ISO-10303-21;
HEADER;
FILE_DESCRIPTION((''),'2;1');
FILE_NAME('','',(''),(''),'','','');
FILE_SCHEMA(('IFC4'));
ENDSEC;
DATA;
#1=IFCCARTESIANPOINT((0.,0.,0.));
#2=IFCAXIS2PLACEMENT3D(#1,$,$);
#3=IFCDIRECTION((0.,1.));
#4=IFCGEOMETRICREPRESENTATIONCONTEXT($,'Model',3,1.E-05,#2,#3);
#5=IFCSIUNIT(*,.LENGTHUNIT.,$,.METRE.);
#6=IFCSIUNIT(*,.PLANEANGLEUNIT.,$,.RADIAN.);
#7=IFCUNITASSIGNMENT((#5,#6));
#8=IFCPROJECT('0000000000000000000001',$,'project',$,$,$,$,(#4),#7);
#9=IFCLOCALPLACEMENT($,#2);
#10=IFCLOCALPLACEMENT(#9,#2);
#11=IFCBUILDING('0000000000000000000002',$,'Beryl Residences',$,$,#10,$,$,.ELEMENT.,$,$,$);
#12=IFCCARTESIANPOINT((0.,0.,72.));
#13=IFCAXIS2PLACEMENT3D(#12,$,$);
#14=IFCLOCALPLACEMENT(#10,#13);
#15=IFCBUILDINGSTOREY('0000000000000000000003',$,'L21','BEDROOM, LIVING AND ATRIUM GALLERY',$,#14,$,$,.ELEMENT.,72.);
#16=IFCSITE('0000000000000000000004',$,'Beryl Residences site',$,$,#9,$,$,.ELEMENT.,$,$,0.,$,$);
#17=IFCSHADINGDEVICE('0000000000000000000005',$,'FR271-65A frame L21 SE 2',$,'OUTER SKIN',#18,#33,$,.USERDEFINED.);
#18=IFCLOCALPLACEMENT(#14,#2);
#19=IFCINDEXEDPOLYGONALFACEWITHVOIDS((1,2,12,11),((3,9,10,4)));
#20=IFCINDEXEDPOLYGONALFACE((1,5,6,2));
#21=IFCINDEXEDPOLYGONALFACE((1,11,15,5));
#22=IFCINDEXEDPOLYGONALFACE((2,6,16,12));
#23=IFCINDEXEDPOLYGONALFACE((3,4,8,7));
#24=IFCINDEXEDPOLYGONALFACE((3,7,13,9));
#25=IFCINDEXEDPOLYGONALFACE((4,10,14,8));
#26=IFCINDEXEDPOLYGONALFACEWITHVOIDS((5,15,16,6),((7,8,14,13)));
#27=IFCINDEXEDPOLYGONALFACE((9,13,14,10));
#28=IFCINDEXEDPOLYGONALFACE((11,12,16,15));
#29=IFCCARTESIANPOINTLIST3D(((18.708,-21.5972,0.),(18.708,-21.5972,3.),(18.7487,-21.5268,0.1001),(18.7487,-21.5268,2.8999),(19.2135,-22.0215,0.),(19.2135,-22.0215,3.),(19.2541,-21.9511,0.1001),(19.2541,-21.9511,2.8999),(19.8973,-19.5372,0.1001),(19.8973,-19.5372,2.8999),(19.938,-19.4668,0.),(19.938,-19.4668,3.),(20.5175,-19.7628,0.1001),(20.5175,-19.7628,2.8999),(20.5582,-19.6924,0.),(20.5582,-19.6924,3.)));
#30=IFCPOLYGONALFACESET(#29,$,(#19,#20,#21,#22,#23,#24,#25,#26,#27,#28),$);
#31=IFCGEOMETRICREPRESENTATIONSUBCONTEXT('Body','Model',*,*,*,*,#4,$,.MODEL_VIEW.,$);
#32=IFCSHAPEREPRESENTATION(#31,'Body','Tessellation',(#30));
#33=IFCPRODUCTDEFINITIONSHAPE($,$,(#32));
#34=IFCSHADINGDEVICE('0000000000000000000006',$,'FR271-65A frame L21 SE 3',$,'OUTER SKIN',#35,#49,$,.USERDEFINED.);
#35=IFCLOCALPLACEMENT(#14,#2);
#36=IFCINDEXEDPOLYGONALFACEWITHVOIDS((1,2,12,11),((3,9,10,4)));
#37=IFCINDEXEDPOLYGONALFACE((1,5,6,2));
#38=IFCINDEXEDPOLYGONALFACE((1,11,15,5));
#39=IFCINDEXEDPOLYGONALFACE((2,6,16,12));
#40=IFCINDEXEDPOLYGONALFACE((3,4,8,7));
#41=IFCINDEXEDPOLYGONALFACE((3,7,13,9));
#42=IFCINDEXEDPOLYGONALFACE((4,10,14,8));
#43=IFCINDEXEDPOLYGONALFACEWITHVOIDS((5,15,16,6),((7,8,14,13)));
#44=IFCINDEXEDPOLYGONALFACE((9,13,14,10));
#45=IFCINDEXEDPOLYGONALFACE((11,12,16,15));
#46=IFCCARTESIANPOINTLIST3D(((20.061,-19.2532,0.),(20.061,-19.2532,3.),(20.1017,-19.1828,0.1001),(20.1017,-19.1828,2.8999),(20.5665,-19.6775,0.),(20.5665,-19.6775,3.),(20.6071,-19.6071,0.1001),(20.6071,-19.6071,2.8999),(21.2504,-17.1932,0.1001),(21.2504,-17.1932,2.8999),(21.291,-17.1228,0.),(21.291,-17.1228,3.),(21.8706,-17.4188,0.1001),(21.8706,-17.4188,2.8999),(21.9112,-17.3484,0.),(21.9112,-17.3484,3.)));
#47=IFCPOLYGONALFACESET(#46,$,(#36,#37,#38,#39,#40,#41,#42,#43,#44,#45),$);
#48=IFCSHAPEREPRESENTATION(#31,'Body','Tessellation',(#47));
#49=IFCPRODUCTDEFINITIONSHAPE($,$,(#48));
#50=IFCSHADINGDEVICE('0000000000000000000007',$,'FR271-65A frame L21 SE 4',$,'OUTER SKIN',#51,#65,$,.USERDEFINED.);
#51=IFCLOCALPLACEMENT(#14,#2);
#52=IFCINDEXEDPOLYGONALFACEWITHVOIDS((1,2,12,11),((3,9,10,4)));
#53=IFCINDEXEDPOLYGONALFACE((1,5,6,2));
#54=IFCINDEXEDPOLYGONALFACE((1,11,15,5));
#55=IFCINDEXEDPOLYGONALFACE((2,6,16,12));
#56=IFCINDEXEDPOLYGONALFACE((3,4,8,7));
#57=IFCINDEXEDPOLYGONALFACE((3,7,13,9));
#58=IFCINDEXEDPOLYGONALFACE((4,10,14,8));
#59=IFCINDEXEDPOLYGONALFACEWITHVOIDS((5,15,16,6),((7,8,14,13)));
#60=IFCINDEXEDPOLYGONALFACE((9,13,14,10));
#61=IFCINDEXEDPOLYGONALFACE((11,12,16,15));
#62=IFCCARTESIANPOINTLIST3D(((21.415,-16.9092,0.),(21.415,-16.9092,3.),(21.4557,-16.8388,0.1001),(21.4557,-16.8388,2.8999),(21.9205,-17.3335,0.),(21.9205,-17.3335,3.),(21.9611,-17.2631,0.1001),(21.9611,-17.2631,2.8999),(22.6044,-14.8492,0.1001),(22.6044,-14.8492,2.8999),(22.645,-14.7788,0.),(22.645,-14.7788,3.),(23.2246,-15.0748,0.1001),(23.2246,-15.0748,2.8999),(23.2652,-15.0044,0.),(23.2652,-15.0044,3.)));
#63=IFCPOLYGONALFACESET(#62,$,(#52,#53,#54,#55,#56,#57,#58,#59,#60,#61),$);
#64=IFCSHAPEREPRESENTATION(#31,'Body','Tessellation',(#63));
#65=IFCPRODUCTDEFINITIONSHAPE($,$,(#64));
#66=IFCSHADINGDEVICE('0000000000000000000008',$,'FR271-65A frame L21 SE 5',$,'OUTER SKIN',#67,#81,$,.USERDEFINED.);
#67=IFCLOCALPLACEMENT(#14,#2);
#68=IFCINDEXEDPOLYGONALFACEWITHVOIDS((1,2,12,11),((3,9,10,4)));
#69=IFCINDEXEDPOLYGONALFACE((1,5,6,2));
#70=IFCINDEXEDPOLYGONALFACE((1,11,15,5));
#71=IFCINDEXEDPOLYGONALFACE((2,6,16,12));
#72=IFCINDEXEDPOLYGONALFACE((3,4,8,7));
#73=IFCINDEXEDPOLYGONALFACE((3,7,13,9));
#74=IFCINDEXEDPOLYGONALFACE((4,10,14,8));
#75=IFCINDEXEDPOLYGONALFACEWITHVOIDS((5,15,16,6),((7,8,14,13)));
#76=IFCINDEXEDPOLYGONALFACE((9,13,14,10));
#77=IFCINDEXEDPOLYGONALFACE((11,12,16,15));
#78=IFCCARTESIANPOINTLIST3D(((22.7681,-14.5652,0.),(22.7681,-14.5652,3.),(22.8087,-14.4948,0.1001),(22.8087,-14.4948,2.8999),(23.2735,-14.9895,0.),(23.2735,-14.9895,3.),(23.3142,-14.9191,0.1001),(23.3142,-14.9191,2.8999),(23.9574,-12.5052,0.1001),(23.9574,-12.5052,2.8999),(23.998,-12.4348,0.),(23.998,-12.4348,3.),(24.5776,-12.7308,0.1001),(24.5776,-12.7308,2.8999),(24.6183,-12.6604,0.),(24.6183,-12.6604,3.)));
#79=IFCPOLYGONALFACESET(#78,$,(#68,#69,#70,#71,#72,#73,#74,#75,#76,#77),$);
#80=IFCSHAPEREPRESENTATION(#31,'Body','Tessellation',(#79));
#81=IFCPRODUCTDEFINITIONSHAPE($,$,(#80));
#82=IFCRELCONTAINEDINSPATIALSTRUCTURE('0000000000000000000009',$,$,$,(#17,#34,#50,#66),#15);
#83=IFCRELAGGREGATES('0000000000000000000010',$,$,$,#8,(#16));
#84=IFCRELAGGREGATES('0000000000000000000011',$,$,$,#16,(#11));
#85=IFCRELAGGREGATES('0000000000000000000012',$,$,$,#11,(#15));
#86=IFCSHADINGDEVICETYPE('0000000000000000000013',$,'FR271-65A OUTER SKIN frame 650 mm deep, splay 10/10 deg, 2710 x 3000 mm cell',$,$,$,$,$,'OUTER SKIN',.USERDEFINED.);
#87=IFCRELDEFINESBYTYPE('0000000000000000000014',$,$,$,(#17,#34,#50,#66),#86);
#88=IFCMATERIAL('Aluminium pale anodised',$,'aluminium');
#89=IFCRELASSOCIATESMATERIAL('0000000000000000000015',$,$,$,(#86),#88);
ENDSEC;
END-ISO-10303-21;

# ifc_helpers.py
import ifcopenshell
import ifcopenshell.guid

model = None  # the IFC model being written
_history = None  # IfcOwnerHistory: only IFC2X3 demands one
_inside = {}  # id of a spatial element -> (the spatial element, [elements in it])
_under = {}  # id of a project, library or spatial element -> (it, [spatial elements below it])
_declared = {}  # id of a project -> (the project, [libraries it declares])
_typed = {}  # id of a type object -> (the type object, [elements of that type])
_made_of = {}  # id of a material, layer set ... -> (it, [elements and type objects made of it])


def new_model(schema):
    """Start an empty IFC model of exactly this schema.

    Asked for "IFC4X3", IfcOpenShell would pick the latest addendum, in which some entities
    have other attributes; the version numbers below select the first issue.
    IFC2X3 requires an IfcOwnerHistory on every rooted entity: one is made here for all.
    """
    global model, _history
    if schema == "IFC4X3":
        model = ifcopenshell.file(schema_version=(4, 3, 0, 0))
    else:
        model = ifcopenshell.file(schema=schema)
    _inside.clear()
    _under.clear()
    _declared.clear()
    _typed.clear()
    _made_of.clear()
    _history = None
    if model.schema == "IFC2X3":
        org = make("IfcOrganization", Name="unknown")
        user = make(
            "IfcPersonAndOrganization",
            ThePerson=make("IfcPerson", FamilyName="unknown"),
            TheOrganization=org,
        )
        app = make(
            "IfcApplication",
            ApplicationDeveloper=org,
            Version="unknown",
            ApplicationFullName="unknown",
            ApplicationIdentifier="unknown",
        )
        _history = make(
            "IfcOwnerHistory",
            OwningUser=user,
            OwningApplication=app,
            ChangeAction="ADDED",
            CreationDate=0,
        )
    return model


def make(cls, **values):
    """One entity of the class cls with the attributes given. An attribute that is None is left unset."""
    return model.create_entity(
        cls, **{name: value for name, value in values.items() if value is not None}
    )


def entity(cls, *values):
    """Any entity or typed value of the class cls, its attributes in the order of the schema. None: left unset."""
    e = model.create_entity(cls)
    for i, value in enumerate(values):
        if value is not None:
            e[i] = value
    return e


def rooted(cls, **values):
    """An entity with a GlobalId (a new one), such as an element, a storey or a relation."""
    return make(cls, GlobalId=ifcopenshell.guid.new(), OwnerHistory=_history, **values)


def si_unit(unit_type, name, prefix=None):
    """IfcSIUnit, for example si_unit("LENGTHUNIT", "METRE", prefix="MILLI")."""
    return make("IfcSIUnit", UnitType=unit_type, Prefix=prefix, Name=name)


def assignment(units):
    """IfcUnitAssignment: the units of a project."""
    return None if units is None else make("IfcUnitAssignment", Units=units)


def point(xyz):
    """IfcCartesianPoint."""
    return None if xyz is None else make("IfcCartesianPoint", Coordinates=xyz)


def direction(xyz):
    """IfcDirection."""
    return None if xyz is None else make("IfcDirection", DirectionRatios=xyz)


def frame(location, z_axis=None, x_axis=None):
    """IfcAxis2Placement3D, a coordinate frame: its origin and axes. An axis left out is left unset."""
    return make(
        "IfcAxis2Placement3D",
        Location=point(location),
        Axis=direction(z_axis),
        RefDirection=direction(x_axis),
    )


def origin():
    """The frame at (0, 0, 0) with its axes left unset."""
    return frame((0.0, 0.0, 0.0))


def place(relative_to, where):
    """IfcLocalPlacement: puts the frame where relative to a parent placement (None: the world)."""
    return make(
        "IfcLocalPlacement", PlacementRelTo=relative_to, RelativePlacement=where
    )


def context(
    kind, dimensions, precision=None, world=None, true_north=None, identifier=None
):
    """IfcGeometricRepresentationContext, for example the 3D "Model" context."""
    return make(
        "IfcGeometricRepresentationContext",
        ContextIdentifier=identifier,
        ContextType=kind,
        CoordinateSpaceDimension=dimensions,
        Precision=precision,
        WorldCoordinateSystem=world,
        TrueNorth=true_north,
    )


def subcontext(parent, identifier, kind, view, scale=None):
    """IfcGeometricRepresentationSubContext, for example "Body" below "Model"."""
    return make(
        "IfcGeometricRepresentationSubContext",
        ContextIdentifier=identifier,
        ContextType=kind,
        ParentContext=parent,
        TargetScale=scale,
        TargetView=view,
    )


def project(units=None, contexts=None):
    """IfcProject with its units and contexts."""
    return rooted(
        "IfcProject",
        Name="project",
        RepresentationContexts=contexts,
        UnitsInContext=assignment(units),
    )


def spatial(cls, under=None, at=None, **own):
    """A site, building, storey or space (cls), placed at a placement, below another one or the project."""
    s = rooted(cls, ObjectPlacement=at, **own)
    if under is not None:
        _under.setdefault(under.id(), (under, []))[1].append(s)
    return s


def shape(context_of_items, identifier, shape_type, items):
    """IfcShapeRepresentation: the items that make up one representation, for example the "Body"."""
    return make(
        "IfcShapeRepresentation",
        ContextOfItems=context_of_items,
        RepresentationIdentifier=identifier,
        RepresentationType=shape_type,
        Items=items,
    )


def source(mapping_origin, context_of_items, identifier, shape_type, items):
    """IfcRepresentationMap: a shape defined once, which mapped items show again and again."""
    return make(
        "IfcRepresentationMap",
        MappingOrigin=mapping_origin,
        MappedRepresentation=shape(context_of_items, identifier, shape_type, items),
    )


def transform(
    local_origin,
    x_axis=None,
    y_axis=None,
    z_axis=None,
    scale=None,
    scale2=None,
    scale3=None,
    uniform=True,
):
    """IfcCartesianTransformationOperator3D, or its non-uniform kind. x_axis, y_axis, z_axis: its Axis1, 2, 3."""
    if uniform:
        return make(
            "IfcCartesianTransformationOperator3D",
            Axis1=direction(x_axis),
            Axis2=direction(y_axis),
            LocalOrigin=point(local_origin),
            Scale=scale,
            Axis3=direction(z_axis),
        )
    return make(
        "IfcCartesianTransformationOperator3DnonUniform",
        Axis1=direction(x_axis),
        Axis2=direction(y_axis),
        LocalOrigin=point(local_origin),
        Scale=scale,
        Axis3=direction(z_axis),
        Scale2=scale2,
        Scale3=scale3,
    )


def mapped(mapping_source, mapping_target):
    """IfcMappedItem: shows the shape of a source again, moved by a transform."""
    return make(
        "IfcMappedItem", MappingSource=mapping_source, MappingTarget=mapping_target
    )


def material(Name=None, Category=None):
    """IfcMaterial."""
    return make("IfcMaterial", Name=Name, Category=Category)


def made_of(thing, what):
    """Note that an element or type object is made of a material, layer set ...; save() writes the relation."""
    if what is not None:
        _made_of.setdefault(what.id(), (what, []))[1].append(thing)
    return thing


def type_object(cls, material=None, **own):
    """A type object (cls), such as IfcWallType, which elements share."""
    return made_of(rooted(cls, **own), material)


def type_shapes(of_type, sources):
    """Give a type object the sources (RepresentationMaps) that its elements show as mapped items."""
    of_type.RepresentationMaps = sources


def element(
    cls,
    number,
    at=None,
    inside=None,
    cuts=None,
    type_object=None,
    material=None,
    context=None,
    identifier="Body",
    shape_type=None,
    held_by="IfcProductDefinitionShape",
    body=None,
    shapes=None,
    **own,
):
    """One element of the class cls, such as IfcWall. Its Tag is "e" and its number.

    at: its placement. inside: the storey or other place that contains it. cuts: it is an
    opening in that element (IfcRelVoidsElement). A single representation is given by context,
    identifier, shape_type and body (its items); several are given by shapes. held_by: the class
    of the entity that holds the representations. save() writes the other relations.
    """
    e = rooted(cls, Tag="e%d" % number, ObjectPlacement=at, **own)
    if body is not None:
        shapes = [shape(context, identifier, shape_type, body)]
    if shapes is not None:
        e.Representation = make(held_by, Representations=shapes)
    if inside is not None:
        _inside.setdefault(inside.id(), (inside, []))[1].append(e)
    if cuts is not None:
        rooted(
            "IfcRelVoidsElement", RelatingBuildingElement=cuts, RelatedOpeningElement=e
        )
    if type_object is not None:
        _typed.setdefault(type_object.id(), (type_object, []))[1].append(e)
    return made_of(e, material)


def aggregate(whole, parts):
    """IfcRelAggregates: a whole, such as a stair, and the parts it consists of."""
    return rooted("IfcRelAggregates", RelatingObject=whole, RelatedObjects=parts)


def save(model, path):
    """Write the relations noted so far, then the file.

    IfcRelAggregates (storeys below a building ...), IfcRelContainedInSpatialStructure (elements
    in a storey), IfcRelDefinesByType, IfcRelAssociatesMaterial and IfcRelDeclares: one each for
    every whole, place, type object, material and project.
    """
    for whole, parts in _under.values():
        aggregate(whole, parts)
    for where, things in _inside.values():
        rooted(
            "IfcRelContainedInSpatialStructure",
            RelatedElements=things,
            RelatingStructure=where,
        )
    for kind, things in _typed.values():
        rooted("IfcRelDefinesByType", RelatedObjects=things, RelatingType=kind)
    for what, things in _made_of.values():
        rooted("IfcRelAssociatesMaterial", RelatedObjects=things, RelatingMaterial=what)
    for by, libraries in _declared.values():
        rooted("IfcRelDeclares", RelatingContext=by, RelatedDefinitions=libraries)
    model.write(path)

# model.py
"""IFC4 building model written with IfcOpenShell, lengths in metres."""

from ifc_helpers import new_model, entity, si_unit, direction, frame, origin, place, context, subcontext, project, spatial, source, transform, mapped, material, type_object, type_shapes, element, save


model = new_model("IFC4")

# Units and contexts
model_context = context("Model", 3, precision=1e-05, world=origin(), true_north=direction((0.0, 1.0)))
body_context = subcontext(model_context, "Body", "Model", "MODEL_VIEW")
ifc_project = project(units=[si_unit("LENGTHUNIT", "METRE"), si_unit("PLANEANGLEUNIT", "RADIAN")], contexts=[model_context])

# Site, building, storey
site_placement = place(None, origin())
site = spatial("IfcSite", under=ifc_project, at=site_placement, Name="Beryl Residences site", CompositionType="ELEMENT", RefElevation=0.0)
building_placement = place(site_placement, origin())
building = spatial("IfcBuilding", under=site, at=building_placement, Name="Beryl Residences", CompositionType="ELEMENT")
storey_placement = place(building_placement, frame((0.0, 0.0, 72.0)))
storey = spatial("IfcBuildingStorey", under=building, at=storey_placement, Name="L21", Description="BEDROOM, LIVING AND ATRIUM GALLERY", CompositionType="ELEMENT", Elevation=72.0)

# Shading devices
ifc_material_1 = material(Name="Aluminium pale anodised", Category="aluminium")
shading_device_type_1 = type_object("IfcShadingDeviceType", Name="FR271-65A OUTER SKIN frame 650 mm deep, splay 10/10 deg, 2710 x 3000 mm cell", ElementType="OUTER SKIN", PredefinedType="USERDEFINED", material=ifc_material_1)
cartesian_point_1 = entity("IfcCartesianPoint", [-1.23, 0.0])
cartesian_point_2 = entity("IfcCartesianPoint", [-1.1487, 0.1001])
cartesian_point_3 = entity("IfcCartesianPoint", [-1.3447, 0.0])
cartesian_point_4 = entity("IfcCartesianPoint", [-1.2634, 0.1001])
shared_shape_1 = source(origin(), body_context, "Body", "SweptSolid", [
    entity("IfcExtrudedAreaSolidTapered", entity("IfcArbitraryProfileDefWithVoids", "AREA", None, entity("IfcPolyline", [cartesian_point_1, entity("IfcCartesianPoint", [1.23, 0.0]), entity("IfcCartesianPoint", [1.23, 3.0]), entity("IfcCartesianPoint", [-1.23, 3.0]), cartesian_point_1]), [entity("IfcPolyline", [cartesian_point_2, entity("IfcCartesianPoint", [1.1487, 0.1001]), entity("IfcCartesianPoint", [1.1487, 2.8999]), entity("IfcCartesianPoint", [-1.1487, 2.8999]), cartesian_point_2])]), entity("IfcAxis2Placement3D", entity("IfcCartesianPoint", [0.0, 0.0, 0.0]), entity("IfcDirection", [0.0, 1.0, 0.0]), entity("IfcDirection", [-1.0, 0.0, 0.0])), entity("IfcDirection", [0.0, 0.0, 1.0]), 0.6499, entity("IfcArbitraryProfileDefWithVoids", "AREA", None, entity("IfcPolyline", [cartesian_point_3, entity("IfcCartesianPoint", [1.3447, 0.0]), entity("IfcCartesianPoint", [1.3447, 3.0]), entity("IfcCartesianPoint", [-1.3447, 3.0]), cartesian_point_3]), [entity("IfcPolyline", [cartesian_point_4, entity("IfcCartesianPoint", [1.2634, 0.1001]), entity("IfcCartesianPoint", [1.2634, 2.8999]), entity("IfcCartesianPoint", [-1.2634, 2.8999]), cartesian_point_4])])),
])
type_shapes(shading_device_type_1, [shared_shape_1])
for number, where, z_axis, x_axis, name in (
    (1, (19.323, -20.532, 0.0), (0.0, 0.0, 1.0), (-0.5, -0.866025, 0.0), "FR271-65A frame L21 SE 2"),
    (2, (20.676, -18.188, 0.0), (0.0, 0.0, 1.0), (-0.5, -0.866025, 0.0), "FR271-65A frame L21 SE 3"),
    (3, (22.03, -15.844, 0.0), (0.0, 0.0, 1.0), (-0.5, -0.866025, 0.0), "FR271-65A frame L21 SE 4"),
    (4, (23.3831, -13.5, 0.0), (0.0, 0.0, 1.0), (-0.5, -0.866025, 0.0), "FR271-65A frame L21 SE 5"),
):
    element("IfcShadingDevice", number, at=place(storey_placement, frame(where, z_axis=z_axis, x_axis=x_axis)), inside=storey, type_object=shading_device_type_1, Name=name, ObjectType="OUTER SKIN", PredefinedType="USERDEFINED", context=body_context, shape_type="MappedRepresentation", body=[
        mapped(shared_shape_1, transform((0.0, 0.0, 0.0))),
    ])

save(model, "model.ifc")
